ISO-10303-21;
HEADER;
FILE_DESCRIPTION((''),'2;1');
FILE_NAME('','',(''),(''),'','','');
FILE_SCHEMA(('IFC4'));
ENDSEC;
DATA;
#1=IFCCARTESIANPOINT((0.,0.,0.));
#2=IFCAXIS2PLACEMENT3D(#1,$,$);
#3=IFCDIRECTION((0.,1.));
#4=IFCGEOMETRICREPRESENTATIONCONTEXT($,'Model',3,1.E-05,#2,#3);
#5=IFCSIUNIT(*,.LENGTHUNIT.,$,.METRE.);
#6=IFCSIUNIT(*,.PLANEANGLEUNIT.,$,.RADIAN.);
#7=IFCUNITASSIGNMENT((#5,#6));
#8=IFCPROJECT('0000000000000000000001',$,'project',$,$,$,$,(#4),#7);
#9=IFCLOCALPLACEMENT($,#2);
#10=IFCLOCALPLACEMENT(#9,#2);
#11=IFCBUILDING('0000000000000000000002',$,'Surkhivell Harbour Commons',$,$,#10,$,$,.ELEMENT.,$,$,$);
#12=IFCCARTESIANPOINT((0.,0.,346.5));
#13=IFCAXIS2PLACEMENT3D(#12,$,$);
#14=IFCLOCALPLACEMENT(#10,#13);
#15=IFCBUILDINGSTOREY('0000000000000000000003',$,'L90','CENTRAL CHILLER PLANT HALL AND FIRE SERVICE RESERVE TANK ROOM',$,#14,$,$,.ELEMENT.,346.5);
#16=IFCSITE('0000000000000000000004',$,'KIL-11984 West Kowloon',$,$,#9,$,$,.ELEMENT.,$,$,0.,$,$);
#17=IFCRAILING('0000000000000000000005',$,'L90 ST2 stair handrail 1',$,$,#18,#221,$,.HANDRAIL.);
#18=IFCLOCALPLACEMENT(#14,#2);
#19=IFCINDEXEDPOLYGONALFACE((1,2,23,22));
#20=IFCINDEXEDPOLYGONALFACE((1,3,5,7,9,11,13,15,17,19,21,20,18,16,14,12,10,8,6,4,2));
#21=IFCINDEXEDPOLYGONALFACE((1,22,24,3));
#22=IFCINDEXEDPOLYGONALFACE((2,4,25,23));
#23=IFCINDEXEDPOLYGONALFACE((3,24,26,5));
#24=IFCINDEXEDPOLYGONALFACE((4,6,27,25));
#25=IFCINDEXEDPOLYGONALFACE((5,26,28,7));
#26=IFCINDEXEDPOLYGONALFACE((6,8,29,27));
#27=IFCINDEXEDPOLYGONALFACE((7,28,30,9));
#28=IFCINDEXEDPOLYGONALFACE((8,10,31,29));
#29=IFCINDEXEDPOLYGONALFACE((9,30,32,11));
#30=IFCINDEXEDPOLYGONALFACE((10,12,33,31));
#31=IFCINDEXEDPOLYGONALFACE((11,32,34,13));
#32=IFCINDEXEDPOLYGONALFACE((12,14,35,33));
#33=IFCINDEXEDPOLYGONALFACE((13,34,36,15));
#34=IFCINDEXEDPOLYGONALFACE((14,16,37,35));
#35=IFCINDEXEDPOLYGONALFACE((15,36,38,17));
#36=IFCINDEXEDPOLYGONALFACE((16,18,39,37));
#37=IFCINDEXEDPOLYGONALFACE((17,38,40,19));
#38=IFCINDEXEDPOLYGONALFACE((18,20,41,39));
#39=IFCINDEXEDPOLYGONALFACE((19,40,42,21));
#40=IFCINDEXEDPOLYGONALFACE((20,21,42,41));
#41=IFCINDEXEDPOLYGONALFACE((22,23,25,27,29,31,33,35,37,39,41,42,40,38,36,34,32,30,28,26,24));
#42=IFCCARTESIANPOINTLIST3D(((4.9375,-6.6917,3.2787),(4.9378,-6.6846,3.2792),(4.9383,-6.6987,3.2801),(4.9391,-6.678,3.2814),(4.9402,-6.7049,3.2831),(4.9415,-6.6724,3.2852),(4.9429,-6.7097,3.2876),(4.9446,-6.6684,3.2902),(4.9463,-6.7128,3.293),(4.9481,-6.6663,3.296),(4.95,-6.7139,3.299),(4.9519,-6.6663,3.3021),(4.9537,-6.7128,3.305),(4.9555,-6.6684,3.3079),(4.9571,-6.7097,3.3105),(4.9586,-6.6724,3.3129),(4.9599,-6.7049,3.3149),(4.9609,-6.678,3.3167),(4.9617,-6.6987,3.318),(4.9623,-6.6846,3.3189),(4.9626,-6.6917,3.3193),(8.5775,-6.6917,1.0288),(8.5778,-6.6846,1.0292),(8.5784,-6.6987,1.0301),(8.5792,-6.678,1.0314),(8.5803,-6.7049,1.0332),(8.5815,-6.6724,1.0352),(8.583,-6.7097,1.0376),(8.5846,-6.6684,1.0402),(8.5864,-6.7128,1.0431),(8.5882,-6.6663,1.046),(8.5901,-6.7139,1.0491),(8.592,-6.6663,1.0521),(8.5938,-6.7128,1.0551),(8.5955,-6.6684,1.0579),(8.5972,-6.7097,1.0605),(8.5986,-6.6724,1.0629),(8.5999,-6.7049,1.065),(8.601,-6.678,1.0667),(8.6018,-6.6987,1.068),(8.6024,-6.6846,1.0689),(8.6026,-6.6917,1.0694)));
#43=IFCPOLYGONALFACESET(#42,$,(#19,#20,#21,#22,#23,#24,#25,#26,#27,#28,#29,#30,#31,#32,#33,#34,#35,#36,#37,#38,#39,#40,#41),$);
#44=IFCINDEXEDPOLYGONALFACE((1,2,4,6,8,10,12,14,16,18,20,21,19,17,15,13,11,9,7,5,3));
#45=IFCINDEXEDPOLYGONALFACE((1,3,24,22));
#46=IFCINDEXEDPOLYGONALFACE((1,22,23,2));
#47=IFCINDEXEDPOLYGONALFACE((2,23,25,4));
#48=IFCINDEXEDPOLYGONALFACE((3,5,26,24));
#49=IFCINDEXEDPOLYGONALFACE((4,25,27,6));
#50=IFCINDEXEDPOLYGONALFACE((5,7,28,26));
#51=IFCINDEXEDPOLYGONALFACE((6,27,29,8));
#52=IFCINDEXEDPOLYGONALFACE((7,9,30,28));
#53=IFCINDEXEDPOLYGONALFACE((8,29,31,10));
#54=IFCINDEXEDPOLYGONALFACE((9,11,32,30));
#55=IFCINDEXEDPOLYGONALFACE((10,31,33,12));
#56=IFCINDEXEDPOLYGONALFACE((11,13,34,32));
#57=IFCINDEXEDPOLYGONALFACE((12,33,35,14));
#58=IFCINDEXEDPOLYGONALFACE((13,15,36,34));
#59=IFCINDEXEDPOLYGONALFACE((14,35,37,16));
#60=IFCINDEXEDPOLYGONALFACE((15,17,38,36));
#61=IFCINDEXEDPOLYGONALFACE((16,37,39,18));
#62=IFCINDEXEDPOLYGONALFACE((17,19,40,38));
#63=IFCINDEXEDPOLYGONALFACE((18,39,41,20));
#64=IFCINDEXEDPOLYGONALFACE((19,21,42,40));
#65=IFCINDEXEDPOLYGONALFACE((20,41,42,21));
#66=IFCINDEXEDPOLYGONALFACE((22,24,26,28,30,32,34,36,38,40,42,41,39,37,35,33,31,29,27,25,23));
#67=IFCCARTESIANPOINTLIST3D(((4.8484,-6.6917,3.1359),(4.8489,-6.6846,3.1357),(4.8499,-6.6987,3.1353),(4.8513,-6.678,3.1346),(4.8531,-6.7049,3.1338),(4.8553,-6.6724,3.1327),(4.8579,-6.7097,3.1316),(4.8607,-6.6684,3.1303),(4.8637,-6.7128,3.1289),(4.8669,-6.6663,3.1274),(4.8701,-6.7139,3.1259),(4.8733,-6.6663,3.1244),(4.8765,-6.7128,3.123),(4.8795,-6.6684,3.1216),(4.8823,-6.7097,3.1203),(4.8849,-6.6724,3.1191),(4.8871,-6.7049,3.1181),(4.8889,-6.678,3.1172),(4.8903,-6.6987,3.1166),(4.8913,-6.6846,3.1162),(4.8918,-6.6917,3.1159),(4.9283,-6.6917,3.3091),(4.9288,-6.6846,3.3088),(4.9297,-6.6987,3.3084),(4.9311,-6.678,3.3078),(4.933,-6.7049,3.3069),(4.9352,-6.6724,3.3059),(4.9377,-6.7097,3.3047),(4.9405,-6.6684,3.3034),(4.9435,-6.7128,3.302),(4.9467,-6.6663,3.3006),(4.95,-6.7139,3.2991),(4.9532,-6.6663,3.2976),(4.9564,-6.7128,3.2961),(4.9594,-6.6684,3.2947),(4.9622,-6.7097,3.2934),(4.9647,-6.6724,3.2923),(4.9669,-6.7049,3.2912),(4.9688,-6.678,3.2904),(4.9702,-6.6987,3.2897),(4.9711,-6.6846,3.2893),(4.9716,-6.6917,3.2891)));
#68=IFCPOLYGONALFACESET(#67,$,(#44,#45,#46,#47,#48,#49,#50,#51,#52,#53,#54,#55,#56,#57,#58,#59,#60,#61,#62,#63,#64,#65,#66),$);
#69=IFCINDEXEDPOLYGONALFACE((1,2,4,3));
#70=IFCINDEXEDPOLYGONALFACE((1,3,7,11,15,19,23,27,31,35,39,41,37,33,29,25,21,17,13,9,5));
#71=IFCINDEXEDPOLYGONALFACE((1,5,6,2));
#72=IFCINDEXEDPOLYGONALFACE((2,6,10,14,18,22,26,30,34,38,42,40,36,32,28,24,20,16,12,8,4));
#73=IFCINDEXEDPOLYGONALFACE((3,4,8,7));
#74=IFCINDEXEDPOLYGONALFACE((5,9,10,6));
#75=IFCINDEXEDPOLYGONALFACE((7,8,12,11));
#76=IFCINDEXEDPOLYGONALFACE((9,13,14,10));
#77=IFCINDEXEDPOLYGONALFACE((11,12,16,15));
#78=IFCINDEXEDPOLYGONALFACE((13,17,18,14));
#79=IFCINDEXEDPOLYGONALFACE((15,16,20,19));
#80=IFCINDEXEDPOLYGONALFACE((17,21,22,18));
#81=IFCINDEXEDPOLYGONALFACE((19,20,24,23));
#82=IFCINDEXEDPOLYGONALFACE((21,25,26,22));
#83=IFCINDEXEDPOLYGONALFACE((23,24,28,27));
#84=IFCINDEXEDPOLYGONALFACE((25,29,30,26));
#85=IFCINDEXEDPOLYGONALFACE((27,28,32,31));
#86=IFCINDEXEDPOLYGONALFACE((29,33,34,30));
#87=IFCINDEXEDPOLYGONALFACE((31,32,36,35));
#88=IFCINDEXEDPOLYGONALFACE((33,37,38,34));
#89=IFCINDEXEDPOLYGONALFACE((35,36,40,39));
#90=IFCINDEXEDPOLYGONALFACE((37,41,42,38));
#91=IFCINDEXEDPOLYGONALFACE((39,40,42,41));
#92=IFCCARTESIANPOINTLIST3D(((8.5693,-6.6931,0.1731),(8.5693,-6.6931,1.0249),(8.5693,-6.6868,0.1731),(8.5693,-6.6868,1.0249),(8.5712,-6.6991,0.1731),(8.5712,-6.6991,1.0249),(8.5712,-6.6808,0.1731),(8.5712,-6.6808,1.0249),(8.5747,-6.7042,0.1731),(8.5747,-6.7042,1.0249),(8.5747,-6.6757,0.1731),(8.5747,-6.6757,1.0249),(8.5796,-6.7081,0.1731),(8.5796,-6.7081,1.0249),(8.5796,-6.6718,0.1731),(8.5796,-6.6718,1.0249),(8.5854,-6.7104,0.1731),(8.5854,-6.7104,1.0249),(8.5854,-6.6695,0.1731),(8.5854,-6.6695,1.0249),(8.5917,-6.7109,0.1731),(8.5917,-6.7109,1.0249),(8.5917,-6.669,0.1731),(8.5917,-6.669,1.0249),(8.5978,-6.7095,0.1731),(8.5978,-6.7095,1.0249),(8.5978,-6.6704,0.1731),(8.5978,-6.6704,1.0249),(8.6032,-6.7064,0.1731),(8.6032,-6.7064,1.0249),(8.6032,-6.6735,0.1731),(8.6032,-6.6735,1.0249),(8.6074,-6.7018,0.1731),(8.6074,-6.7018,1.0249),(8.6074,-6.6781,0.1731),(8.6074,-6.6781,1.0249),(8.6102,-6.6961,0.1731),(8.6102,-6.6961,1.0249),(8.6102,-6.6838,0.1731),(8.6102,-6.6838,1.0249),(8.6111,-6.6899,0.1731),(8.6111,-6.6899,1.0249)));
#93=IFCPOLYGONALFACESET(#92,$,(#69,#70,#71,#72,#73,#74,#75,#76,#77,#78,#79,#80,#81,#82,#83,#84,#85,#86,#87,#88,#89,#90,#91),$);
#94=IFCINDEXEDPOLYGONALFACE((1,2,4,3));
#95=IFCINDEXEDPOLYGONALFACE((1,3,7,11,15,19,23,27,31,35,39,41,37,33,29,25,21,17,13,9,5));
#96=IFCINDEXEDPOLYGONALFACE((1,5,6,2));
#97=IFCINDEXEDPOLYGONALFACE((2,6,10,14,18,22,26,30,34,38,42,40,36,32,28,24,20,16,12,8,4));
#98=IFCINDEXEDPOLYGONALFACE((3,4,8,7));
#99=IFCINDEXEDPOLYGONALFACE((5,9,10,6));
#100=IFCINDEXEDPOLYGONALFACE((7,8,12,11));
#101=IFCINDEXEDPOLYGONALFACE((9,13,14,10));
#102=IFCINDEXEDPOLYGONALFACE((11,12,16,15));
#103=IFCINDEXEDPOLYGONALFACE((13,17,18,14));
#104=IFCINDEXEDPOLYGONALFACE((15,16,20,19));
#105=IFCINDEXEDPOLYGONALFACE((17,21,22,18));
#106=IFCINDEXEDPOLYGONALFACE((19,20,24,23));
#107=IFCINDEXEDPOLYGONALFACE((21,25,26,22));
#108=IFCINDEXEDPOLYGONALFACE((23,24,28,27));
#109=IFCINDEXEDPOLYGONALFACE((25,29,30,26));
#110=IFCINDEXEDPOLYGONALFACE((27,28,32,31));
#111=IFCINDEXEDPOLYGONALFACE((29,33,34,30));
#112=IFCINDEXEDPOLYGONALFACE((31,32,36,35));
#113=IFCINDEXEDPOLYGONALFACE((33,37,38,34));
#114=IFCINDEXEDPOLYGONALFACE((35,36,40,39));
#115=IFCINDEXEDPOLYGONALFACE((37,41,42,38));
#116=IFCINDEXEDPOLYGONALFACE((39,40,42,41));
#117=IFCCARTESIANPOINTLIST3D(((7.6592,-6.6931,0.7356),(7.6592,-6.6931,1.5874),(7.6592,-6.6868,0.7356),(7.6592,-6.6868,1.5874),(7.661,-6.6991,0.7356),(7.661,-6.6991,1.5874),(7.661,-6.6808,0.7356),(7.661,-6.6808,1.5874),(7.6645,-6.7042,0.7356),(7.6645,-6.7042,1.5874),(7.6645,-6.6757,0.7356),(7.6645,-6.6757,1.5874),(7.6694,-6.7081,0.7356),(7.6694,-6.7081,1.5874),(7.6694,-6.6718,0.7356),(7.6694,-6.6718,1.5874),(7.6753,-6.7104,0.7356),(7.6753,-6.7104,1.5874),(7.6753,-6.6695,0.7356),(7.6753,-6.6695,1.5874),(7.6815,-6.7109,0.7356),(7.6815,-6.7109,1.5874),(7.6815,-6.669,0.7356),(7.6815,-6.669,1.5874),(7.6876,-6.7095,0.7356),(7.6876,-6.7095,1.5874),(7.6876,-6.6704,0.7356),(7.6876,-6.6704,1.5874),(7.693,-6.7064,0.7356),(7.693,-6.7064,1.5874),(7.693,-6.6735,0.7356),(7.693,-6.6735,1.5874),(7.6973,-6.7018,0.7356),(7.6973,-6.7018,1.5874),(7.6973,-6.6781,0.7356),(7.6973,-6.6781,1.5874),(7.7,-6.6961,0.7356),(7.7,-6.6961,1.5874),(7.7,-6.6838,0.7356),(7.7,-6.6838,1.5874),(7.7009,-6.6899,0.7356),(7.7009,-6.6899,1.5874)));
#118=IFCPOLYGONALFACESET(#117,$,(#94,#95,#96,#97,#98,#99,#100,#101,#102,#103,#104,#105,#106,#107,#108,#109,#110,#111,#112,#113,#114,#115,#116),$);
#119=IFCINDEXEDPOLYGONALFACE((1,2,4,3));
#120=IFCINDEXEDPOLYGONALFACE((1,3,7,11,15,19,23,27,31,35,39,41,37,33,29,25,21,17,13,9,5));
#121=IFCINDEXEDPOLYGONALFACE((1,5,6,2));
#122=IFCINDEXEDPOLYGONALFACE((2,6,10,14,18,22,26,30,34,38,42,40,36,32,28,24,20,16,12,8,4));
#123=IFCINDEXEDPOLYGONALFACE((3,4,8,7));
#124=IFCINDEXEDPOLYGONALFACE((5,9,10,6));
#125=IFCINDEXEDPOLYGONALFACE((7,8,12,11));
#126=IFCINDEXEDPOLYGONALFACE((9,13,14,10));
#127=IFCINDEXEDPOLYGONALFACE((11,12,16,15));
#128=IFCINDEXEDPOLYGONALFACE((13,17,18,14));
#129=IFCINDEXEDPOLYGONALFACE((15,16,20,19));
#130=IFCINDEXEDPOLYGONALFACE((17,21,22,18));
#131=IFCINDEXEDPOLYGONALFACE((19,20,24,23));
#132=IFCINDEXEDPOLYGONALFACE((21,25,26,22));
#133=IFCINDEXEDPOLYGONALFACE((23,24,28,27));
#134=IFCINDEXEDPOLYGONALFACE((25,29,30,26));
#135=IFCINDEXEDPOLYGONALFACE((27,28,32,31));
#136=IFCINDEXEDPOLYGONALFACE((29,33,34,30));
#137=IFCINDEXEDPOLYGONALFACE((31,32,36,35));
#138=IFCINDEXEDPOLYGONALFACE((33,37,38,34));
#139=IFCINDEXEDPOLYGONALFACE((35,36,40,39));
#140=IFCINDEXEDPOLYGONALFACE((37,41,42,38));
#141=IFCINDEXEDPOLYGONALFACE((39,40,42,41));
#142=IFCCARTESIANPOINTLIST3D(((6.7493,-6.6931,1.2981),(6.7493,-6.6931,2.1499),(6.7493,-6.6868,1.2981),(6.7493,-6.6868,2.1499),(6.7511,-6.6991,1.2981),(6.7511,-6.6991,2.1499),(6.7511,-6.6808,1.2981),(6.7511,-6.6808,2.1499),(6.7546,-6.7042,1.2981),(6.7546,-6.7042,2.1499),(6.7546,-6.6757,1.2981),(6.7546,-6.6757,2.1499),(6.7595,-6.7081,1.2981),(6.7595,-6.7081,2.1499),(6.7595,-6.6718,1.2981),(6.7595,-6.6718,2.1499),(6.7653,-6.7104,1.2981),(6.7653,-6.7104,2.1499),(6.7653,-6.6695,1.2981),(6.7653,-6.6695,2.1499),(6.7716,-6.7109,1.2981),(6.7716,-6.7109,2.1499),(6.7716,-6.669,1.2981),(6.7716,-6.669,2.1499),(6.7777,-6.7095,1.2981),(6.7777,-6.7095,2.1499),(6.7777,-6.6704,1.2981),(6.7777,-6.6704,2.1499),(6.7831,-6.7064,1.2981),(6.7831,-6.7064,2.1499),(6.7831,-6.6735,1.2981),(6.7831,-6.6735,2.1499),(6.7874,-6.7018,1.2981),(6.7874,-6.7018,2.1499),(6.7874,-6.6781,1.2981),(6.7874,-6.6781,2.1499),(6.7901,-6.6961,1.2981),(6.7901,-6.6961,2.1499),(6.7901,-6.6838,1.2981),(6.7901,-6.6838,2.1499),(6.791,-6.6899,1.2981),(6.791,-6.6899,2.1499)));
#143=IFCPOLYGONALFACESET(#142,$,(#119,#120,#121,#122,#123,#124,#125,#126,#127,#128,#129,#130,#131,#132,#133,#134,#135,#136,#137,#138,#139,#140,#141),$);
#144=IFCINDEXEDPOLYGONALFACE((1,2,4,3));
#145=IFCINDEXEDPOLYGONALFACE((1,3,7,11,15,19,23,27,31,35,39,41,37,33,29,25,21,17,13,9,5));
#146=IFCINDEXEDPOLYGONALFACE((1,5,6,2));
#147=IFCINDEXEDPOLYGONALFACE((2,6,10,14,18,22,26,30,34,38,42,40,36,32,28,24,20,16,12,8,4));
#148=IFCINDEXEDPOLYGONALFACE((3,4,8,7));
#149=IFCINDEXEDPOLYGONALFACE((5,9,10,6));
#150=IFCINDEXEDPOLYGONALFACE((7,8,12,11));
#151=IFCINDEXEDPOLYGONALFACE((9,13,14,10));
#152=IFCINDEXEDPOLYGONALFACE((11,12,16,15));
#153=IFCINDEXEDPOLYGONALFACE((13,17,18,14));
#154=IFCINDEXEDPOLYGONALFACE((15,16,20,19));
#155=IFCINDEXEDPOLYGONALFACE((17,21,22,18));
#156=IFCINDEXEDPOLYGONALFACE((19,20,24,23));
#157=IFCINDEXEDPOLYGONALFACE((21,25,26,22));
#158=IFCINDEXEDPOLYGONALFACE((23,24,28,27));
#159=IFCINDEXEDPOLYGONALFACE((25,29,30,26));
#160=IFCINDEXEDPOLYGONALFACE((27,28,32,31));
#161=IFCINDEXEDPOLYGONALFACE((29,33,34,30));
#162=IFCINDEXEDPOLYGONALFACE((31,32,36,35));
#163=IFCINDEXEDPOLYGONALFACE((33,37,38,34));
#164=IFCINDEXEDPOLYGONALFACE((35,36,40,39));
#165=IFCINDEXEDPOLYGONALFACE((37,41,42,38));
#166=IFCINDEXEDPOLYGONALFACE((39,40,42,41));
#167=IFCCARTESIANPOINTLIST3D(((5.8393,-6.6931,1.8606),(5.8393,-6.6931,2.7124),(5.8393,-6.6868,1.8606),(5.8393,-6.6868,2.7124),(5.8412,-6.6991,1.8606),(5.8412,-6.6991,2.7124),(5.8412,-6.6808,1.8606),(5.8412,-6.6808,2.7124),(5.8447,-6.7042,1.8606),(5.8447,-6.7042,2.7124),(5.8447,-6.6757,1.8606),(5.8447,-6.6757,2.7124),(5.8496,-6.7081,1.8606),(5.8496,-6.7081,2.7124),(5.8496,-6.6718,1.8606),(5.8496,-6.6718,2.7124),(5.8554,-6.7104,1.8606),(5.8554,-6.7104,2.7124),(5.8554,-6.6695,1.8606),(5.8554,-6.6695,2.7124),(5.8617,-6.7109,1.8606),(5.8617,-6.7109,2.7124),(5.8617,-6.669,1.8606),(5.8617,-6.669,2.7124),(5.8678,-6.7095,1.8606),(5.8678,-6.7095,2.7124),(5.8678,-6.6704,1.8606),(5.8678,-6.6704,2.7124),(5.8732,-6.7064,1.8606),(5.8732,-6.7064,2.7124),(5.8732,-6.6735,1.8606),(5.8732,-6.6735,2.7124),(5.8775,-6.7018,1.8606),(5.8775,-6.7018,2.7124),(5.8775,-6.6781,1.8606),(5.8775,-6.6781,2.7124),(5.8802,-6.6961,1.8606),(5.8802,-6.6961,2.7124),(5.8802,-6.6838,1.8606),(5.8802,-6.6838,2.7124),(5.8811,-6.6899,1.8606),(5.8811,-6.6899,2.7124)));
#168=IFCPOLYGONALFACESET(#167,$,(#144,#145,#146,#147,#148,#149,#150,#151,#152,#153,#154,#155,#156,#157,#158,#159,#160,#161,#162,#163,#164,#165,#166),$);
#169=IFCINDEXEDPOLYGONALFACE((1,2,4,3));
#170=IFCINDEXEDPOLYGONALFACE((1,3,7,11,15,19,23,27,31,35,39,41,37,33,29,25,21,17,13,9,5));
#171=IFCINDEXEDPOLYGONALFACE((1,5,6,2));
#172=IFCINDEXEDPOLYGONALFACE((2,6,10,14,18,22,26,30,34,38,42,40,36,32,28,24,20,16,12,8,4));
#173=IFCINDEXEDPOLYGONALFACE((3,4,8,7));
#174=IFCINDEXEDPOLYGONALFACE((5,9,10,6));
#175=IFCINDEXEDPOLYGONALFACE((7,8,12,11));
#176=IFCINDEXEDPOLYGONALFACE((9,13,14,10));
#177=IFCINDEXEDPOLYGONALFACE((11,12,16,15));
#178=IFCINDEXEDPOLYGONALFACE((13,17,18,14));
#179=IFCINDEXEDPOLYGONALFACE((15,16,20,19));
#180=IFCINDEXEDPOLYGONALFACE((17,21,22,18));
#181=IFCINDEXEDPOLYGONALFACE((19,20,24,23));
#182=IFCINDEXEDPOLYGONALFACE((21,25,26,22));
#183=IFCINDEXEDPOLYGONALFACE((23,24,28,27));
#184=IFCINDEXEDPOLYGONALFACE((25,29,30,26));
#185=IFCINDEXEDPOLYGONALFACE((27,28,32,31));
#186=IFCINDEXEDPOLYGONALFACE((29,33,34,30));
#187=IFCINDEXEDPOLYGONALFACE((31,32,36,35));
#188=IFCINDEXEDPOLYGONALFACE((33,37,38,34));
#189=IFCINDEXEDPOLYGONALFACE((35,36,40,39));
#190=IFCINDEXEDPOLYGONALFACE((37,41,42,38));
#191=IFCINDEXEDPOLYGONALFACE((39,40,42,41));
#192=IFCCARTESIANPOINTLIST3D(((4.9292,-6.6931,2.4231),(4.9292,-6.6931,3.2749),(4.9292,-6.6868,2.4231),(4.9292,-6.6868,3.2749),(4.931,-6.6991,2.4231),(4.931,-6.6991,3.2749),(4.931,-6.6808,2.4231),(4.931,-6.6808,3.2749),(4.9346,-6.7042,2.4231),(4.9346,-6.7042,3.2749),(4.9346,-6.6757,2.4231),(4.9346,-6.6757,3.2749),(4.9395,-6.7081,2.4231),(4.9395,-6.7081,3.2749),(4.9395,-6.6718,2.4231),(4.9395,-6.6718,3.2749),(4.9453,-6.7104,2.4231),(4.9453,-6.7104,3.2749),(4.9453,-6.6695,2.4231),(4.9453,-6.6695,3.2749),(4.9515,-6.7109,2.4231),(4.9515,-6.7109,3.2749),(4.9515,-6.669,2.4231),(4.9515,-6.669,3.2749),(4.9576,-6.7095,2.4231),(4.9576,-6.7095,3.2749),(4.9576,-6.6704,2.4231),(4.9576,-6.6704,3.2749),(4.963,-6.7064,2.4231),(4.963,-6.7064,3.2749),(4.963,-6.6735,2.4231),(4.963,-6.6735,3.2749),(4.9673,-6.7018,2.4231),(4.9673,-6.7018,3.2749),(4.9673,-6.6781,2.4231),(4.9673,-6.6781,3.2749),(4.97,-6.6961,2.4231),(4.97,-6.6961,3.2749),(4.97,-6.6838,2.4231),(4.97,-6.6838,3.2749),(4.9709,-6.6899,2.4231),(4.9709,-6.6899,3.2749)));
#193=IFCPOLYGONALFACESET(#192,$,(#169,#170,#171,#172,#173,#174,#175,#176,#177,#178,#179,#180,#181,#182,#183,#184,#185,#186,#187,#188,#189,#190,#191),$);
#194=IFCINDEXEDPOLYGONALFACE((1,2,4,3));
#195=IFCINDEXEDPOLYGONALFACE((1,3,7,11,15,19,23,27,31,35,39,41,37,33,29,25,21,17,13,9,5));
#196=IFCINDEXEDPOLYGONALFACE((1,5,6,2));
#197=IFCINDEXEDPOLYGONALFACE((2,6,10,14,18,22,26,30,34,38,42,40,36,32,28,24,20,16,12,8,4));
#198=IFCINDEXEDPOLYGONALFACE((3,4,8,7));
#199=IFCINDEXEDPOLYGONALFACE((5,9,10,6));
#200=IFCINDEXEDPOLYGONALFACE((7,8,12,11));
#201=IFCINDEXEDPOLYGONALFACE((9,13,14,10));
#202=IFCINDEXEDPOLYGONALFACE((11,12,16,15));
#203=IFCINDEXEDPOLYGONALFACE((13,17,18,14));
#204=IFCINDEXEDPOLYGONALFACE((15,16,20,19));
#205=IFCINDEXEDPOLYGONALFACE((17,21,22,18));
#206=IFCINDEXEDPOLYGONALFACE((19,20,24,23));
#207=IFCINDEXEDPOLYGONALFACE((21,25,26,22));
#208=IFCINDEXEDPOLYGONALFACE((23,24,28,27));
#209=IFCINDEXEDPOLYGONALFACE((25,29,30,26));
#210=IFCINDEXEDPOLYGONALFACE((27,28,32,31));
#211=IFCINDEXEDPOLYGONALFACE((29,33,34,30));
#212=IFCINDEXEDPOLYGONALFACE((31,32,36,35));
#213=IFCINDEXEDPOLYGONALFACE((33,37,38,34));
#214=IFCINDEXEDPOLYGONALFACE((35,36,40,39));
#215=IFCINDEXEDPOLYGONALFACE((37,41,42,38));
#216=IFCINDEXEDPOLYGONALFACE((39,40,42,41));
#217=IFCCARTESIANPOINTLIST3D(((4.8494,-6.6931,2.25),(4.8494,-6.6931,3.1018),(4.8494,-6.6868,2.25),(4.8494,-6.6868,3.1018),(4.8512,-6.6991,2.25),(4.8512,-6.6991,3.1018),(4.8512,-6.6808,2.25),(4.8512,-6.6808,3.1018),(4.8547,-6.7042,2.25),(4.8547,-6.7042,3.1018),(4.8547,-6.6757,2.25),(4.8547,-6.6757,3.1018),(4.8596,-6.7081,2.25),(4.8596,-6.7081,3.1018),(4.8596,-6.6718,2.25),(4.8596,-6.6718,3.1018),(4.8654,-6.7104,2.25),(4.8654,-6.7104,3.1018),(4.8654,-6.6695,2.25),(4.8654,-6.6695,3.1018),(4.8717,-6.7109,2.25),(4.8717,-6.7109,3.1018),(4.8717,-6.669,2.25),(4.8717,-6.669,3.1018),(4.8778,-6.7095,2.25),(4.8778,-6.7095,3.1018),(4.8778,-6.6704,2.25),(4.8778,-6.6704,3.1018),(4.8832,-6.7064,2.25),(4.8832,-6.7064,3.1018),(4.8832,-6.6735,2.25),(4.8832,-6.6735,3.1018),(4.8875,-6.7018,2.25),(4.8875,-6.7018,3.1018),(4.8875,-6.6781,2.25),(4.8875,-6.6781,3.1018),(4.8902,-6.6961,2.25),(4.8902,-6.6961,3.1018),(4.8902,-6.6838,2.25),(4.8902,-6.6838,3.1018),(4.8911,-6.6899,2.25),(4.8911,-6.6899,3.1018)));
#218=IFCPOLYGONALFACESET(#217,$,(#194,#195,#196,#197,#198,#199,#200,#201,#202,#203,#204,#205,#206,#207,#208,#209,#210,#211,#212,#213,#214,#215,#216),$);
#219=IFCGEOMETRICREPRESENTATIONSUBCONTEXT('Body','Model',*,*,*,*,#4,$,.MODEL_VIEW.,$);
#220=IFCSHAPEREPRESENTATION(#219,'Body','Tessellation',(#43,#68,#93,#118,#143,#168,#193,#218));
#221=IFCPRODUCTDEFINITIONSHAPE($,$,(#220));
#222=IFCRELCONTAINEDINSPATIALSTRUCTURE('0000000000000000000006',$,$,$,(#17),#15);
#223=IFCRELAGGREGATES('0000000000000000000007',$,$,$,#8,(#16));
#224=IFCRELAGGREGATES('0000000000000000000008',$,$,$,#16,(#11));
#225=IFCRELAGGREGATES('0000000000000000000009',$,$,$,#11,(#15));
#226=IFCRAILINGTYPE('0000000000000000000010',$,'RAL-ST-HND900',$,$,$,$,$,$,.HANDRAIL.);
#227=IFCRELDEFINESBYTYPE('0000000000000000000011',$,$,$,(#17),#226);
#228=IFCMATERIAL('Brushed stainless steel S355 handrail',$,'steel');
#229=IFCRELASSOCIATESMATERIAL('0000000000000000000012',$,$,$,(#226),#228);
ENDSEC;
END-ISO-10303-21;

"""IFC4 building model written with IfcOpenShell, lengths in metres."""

from ifc_helpers import new_model, si_unit, direction, frame, origin, origin_2d, place, context, subcontext, project, spatial, circle, extrude, material, type_object, element, save


model = new_model("IFC4")

# Units and contexts
model_context = context("Model", 3, precision=1e-05, world=origin(), true_north=direction((0.0, 1.0)))
body_context = subcontext(model_context, "Body", "Model", "MODEL_VIEW")
ifc_project = project(units=[si_unit("LENGTHUNIT", "METRE"), si_unit("PLANEANGLEUNIT", "RADIAN")], contexts=[model_context])

# Site, building, storey
site_placement = place(None, origin())
site = spatial("IfcSite", under=ifc_project, at=site_placement, Name="KIL-11984 West Kowloon", CompositionType="ELEMENT", RefElevation=0.0)
building_placement = place(site_placement, origin())
building = spatial("IfcBuilding", under=site, at=building_placement, Name="Surkhivell Harbour Commons", CompositionType="ELEMENT")
storey_placement = place(building_placement, frame((0.0, 0.0, 346.5)))
storey = spatial("IfcBuildingStorey", under=building, at=storey_placement, Name="L90", Description="CENTRAL CHILLER PLANT HALL AND FIRE SERVICE RESERVE TANK ROOM", CompositionType="ELEMENT", Elevation=346.5)

# Railing
ifc_material_1 = material(Name="Brushed stainless steel S355 handrail", Category="steel")
railing_type_1 = type_object("IfcRailingType", Name="RAL-ST-HND900", PredefinedType="HANDRAIL", material=ifc_material_1)
railing_1_placement = place(storey_placement, frame((8.5901, -6.6899, 0.1731)))
element("IfcRailing", 1, at=railing_1_placement, inside=storey, type_object=railing_type_1, Name="L90 ST2 stair handrail 1", PredefinedType="HANDRAIL", context=body_context, shape_type="SweptSolid", body=[
    extrude(circle(Radius=0.0239, at=origin_2d()), frame((0.0, 0.0, 0.876), z_axis=(-0.850622, 0.0, 0.525777), x_axis=(0.0, -1.0, 0.0)), (0.0, 0.0, 1.0), 4.2793),
    extrude(circle(Radius=0.0239, at=origin_2d()), frame((-3.6401, 0.0, 3.126), z_axis=(-0.418815, 0.0, -0.908072), x_axis=(0.0, -1.0, 0.0)), (0.0, 0.0, 1.0), 0.1907),
    extrude(circle(Radius=0.021, at=origin_2d()), origin(), (0.0, 0.0, 1.0), 0.8518),
    extrude(circle(Radius=0.021, at=origin_2d()), frame((-0.9102, 0.0, 0.5625)), (0.0, 0.0, 1.0), 0.8518),
    extrude(circle(Radius=0.021, at=origin_2d()), frame((-1.8201, 0.0, 1.125)), (0.0, 0.0, 1.0), 0.8518),
    extrude(circle(Radius=0.021, at=origin_2d()), frame((-2.73, 0.0, 1.6875)), (0.0, 0.0, 1.0), 0.8518),
    extrude(circle(Radius=0.021, at=origin_2d()), frame((-3.6401, 0.0, 2.25)), (0.0, 0.0, 1.0), 0.8518),
    extrude(circle(Radius=0.021, at=origin_2d()), frame((-3.72, 0.0, 2.0769)), (0.0, 0.0, 1.0), 0.8518),
])

save(model, "model.ifc")
